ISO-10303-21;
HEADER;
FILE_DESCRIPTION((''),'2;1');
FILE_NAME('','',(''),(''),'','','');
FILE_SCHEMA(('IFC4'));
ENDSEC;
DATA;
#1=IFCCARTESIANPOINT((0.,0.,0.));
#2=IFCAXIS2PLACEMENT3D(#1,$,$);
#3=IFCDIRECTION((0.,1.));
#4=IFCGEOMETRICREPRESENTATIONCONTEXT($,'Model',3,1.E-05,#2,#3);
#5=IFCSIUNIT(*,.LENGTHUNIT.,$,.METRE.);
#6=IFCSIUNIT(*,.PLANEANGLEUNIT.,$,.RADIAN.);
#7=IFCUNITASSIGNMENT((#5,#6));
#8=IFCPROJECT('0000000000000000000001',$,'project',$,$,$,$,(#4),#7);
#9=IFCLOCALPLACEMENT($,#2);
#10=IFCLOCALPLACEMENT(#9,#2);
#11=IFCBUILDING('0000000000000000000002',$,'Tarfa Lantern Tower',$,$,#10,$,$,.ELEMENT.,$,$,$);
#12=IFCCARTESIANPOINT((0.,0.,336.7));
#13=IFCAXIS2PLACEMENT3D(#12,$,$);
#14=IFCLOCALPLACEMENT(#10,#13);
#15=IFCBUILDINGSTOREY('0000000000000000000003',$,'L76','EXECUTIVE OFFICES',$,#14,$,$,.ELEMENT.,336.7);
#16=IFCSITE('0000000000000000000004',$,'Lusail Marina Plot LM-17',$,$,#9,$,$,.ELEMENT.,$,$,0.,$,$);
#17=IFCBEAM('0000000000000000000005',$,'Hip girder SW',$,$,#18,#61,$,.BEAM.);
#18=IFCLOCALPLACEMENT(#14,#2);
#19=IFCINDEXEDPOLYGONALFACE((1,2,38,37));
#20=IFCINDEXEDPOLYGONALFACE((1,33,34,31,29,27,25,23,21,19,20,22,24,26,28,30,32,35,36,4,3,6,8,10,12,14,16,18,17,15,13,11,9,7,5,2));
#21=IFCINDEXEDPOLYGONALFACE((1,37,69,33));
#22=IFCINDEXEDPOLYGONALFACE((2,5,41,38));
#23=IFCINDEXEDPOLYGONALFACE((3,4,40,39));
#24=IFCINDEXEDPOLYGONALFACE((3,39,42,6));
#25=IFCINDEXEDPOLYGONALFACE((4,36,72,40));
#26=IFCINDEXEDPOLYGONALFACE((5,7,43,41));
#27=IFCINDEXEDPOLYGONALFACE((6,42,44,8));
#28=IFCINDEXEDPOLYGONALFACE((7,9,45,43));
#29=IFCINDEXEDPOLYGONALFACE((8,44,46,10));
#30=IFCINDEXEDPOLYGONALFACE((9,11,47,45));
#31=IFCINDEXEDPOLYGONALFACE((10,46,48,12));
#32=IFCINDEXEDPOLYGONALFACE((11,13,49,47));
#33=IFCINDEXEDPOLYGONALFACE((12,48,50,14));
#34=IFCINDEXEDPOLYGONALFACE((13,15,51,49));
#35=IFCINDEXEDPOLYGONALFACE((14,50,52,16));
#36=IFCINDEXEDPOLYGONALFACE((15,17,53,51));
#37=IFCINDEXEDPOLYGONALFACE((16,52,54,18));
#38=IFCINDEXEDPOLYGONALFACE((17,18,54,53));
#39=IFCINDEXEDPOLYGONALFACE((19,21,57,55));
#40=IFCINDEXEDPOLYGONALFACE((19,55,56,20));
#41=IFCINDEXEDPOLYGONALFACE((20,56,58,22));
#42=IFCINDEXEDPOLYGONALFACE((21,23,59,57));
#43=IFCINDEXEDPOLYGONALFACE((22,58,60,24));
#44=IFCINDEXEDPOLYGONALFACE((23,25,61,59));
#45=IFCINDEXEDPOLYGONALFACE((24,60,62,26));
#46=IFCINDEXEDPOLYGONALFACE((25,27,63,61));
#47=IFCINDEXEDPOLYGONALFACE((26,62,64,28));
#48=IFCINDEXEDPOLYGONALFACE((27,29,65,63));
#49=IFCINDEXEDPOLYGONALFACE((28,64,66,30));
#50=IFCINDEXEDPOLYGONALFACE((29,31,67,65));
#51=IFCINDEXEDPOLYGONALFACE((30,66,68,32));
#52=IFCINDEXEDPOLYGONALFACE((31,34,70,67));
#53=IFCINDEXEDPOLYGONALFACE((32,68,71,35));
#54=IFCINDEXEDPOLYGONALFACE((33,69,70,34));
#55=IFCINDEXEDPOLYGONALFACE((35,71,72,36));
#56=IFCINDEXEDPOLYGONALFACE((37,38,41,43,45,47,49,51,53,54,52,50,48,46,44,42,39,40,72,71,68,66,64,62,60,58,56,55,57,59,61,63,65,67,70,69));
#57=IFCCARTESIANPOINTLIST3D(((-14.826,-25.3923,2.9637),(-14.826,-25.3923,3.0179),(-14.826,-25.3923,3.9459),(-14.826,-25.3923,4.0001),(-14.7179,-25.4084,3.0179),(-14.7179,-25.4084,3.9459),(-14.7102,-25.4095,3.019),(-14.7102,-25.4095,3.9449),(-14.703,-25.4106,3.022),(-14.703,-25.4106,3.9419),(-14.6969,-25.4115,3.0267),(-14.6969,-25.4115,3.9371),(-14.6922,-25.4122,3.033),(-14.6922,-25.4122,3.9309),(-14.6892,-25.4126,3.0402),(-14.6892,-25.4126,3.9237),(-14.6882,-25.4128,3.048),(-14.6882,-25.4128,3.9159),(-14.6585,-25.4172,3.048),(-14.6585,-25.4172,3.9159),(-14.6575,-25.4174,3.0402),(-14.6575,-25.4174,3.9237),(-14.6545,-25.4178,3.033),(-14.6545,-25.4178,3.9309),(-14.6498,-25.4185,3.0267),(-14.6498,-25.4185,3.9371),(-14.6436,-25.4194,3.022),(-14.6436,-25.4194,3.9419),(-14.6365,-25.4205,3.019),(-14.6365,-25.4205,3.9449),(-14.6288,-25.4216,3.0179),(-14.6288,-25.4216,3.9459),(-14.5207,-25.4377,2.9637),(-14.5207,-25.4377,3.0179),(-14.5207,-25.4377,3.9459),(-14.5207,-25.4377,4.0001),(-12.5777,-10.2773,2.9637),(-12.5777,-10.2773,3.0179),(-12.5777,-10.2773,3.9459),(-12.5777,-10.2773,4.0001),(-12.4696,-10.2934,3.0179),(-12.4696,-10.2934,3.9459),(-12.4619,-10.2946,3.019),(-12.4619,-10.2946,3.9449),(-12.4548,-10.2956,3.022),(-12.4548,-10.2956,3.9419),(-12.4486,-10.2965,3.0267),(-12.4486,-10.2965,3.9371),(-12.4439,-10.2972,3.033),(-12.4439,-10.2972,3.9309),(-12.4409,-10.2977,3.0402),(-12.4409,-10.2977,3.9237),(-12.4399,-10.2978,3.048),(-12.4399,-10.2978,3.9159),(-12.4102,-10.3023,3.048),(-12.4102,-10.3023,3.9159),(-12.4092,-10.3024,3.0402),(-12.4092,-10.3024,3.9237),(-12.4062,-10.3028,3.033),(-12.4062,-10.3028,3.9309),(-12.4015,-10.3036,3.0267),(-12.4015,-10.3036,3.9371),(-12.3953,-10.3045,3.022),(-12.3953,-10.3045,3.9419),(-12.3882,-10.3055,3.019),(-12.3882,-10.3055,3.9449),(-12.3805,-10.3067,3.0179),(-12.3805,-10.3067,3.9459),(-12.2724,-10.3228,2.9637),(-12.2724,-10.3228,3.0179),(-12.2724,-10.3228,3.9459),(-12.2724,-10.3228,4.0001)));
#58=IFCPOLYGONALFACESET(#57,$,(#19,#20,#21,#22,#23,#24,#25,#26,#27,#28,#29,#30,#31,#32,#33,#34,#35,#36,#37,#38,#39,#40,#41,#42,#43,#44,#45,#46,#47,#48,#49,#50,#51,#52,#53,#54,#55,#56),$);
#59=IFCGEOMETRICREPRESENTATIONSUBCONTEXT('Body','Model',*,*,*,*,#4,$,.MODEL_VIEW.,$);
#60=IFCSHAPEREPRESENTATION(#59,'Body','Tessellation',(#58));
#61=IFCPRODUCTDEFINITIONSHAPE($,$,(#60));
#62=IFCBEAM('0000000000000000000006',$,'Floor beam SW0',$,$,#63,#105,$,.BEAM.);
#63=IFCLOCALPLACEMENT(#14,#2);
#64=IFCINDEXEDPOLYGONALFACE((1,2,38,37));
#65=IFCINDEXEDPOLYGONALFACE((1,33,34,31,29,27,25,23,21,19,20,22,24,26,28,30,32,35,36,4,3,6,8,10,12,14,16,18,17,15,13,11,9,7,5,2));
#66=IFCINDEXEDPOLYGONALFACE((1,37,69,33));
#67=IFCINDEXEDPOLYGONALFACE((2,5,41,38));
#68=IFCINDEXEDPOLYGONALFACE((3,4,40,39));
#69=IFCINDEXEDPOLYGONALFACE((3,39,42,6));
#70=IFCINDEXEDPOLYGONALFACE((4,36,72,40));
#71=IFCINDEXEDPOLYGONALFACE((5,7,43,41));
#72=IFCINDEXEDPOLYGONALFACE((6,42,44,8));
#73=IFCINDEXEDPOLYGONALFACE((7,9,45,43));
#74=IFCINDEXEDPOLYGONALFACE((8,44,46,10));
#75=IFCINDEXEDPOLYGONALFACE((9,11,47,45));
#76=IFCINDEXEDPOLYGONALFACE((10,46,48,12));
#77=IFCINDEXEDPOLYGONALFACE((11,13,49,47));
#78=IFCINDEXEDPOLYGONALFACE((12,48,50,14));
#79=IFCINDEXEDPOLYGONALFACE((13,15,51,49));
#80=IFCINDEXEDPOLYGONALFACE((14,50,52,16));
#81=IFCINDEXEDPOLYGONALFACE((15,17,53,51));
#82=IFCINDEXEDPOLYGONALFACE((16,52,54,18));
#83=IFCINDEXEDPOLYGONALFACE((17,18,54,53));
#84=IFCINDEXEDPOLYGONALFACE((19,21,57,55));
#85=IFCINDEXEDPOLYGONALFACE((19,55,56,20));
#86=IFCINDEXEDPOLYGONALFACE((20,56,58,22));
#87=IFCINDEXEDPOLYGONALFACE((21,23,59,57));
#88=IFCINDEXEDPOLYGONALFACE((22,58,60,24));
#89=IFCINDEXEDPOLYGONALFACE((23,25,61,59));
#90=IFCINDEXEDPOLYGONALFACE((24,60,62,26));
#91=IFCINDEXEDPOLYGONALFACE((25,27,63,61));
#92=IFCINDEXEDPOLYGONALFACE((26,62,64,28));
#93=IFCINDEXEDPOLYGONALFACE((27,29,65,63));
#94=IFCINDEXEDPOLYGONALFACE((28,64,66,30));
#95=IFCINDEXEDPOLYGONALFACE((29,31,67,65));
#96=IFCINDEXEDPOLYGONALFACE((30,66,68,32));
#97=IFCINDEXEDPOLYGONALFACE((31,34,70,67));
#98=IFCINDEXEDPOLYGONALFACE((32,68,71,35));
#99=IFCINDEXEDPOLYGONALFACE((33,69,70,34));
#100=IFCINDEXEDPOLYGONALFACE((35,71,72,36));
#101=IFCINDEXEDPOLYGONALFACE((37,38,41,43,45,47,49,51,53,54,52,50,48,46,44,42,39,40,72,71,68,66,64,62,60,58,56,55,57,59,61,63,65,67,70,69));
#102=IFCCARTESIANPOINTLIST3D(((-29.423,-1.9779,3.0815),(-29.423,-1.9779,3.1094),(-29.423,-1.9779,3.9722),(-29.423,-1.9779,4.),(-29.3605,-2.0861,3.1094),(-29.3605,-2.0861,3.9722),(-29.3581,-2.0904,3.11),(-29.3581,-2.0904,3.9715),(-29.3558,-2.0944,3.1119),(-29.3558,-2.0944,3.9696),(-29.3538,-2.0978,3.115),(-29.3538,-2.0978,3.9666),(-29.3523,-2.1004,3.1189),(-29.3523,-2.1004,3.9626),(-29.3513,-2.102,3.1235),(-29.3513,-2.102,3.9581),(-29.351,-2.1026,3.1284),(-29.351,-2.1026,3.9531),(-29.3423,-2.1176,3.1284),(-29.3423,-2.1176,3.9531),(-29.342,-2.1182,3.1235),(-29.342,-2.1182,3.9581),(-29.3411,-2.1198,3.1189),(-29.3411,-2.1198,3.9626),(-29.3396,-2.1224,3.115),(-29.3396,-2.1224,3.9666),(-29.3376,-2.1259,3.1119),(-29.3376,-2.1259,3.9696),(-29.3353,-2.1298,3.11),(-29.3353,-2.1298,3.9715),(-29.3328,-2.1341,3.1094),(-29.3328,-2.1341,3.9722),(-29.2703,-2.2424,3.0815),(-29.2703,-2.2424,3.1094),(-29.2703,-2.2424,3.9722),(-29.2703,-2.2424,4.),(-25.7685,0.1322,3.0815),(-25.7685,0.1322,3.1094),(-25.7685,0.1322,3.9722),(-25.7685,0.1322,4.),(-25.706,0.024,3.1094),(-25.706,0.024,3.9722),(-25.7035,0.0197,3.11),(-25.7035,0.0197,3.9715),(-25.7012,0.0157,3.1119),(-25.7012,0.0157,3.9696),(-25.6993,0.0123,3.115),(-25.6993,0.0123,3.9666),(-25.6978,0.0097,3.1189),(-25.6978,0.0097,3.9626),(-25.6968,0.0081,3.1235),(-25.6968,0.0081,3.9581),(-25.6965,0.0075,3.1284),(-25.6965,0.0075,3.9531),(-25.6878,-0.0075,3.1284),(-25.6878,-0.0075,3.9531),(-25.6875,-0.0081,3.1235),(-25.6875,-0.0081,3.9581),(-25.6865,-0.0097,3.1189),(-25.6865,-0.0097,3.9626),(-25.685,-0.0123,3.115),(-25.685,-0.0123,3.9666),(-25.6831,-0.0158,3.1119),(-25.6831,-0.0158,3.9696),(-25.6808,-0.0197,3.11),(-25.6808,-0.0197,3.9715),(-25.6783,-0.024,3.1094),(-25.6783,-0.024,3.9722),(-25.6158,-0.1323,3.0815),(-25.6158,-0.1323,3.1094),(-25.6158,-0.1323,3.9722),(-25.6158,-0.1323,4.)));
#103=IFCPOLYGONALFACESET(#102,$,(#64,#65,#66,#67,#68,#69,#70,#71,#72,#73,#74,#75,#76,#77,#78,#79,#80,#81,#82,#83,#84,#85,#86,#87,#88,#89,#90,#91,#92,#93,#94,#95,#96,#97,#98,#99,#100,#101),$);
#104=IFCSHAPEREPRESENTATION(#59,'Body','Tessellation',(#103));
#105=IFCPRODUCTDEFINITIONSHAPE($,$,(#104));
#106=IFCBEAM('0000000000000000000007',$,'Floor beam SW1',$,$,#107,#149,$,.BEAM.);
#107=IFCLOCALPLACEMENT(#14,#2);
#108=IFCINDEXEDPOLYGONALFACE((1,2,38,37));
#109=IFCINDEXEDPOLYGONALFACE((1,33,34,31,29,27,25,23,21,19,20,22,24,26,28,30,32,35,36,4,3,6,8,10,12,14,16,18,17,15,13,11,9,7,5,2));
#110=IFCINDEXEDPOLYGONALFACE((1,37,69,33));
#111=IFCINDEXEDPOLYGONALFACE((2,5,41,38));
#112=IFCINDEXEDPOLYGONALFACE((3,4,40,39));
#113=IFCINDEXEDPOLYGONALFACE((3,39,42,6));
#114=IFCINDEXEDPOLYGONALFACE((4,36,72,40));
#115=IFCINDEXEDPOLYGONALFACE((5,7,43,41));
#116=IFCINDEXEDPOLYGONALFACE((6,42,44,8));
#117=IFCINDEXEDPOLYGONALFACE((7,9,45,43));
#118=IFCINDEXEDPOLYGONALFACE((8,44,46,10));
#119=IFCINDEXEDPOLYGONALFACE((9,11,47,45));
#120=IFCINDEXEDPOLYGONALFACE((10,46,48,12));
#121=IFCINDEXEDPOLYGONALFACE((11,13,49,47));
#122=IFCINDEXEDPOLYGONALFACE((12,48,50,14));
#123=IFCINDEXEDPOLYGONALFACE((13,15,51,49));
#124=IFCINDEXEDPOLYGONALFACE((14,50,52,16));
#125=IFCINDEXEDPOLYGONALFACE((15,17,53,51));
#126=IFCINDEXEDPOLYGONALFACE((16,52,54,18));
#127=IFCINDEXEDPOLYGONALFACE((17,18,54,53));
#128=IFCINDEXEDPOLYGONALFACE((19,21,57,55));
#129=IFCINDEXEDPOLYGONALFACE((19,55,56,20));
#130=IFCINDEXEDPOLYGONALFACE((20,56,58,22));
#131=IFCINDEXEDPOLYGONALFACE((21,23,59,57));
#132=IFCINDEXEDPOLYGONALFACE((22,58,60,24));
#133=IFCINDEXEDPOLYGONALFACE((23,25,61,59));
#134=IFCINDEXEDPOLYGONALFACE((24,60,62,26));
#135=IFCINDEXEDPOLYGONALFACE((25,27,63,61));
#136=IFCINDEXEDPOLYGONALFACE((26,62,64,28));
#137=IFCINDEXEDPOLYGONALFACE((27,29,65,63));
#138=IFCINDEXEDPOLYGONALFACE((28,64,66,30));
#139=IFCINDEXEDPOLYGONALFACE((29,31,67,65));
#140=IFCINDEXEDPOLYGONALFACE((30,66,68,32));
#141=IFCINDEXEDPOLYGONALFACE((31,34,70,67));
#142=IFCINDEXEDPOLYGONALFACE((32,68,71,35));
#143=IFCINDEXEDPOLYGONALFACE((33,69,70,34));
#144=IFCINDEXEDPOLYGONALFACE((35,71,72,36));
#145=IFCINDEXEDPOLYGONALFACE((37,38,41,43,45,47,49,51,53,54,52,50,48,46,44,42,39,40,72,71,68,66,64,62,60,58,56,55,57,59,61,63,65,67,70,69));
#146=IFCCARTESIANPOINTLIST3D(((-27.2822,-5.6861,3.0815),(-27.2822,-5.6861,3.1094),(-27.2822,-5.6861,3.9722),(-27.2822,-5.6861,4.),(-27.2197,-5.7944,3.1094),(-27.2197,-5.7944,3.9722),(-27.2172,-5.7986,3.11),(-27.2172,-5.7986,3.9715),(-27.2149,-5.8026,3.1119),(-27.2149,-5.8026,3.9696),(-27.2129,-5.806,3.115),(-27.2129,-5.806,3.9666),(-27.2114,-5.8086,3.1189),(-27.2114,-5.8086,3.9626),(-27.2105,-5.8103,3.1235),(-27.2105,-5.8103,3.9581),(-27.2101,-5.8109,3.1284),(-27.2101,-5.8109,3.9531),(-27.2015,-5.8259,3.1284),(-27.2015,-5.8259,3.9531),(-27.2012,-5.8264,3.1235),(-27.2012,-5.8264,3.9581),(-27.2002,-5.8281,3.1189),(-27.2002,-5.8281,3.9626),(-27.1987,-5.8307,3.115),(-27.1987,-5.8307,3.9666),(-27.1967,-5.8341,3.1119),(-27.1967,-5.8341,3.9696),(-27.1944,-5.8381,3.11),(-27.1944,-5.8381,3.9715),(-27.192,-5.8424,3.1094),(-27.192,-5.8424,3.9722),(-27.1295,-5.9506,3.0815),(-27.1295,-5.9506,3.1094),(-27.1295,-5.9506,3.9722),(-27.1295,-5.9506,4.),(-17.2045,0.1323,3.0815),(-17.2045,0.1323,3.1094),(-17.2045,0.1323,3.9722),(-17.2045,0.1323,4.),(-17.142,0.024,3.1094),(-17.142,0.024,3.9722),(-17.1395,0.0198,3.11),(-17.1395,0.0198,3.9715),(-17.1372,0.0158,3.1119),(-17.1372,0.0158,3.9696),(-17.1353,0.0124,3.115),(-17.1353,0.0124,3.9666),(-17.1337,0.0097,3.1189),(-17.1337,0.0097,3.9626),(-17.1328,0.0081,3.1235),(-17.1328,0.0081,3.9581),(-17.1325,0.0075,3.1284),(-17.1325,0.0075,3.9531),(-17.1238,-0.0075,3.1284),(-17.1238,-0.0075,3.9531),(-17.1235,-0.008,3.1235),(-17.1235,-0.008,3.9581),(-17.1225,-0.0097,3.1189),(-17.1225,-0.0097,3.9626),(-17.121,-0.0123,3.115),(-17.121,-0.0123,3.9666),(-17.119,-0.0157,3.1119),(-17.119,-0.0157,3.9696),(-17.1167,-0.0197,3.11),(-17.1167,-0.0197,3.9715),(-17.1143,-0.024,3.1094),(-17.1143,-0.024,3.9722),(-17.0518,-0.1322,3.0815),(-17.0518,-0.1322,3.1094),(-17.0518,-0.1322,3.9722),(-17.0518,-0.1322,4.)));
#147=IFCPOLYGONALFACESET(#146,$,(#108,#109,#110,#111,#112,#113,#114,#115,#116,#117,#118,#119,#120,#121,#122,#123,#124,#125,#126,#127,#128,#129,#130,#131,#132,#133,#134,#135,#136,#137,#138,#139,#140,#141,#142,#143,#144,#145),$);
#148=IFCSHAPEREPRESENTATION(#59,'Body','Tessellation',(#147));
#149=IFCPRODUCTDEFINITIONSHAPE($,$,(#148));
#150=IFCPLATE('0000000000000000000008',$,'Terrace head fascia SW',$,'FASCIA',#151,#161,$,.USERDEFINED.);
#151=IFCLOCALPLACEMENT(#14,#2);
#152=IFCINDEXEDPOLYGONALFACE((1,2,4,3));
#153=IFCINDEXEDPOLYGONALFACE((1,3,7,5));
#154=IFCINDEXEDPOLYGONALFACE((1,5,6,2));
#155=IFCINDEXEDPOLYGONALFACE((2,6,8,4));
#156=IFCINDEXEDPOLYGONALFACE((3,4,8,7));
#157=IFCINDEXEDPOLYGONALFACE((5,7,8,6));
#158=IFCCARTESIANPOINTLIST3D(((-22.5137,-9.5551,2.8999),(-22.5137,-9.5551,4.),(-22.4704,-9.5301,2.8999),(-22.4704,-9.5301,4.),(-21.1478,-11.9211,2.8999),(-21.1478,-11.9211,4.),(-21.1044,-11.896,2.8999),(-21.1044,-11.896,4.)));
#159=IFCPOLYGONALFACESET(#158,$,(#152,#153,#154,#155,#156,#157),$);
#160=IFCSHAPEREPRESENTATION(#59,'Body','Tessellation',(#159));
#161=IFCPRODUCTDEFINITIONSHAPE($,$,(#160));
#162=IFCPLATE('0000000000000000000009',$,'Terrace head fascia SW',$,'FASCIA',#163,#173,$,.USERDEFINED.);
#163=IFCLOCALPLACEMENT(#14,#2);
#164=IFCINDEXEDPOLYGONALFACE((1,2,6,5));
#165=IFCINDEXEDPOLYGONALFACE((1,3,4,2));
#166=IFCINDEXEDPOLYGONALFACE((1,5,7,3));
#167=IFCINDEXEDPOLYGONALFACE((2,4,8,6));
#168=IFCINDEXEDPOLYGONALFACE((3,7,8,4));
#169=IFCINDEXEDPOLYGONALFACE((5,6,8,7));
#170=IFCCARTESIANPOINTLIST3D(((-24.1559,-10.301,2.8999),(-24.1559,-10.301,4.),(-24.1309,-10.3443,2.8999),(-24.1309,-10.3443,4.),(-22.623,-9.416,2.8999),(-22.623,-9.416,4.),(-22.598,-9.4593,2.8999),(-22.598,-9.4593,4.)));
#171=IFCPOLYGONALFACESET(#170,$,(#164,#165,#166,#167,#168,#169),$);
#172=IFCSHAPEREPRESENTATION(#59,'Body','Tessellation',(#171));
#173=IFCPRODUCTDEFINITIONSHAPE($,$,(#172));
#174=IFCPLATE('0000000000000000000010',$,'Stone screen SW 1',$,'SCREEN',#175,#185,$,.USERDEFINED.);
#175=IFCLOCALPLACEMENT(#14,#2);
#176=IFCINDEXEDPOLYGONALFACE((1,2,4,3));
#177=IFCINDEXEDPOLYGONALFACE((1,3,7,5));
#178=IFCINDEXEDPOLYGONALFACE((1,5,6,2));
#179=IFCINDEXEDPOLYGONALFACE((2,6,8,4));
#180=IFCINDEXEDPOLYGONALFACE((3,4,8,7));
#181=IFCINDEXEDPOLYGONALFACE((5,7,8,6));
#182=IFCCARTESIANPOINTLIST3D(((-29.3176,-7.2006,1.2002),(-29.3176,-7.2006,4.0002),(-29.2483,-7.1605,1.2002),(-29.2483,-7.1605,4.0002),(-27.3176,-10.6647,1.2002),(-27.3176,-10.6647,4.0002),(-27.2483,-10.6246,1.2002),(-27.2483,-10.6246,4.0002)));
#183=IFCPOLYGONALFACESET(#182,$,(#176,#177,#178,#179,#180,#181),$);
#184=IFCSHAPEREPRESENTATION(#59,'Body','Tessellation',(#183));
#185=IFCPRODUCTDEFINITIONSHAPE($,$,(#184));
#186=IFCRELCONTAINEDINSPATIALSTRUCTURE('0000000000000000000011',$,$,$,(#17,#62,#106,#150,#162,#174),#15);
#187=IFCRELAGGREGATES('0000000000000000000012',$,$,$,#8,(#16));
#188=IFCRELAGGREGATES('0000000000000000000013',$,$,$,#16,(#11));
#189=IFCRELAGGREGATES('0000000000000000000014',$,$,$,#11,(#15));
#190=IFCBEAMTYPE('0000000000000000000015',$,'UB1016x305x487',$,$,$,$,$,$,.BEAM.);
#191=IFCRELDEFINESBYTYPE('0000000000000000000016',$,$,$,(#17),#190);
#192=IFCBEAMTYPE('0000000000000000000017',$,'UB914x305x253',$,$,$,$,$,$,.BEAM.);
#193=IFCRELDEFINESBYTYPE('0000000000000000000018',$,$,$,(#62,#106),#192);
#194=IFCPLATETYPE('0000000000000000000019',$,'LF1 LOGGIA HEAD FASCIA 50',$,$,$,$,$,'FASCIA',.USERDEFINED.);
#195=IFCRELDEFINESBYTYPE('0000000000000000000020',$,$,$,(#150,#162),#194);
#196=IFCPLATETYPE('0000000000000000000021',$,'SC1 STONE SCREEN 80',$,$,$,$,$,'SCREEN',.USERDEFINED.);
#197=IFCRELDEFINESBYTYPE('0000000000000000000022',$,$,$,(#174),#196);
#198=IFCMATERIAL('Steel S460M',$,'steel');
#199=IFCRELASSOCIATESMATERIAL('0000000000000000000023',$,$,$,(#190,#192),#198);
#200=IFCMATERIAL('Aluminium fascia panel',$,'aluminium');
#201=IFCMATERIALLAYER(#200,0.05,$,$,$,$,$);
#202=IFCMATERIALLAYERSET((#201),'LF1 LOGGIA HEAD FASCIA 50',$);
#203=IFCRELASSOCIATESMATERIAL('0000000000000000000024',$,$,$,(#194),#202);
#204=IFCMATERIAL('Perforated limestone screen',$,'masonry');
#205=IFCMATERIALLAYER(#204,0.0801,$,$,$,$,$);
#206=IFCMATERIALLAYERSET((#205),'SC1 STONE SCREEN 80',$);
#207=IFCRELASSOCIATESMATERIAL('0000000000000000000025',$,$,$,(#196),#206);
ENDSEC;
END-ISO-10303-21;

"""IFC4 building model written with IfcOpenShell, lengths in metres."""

from ifc_helpers import new_model, si_unit, direction, frame, origin, origin_2d, place, context, subcontext, project, spatial, rectangle, i_section, extrude, material, layer, layer_set, material_profile, profile_set, type_object, element, save


model = new_model("IFC4")

# Units and contexts
model_context = context("Model", 3, precision=1e-05, world=origin(), true_north=direction((0.0, 1.0)))
body_context = subcontext(model_context, "Body", "Model", "MODEL_VIEW")
ifc_project = project(units=[si_unit("LENGTHUNIT", "METRE"), si_unit("PLANEANGLEUNIT", "RADIAN")], contexts=[model_context])

# Site, building, storey
site_placement = place(None, origin())
site = spatial("IfcSite", under=ifc_project, at=site_placement, Name="Lusail Marina Plot LM-17", CompositionType="ELEMENT", RefElevation=0.0)
building_placement = place(site_placement, origin())
building = spatial("IfcBuilding", under=site, at=building_placement, Name="Tarfa Lantern Tower", CompositionType="ELEMENT")
storey_placement = place(building_placement, frame((0.0, 0.0, 336.7)))
storey = spatial("IfcBuildingStorey", under=building, at=storey_placement, Name="L76", Description="EXECUTIVE OFFICES", CompositionType="ELEMENT", Elevation=336.7)

# Beams
ifc_material_1 = material(Name="Steel S460M", Category="steel")
ifc_material_profile_1 = material_profile(ifc_material_1, i_section(OverallWidth=0.3086, OverallDepth=1.0364, WebThickness=0.03, FlangeThickness=0.0542, FilletRadius=0.03, at=origin_2d()), Name="UB1016x305x487")
ifc_profile_set_1 = profile_set([ifc_material_profile_1], Name="Steel S460M")
beam_type_1 = type_object("IfcBeamType", Name="UB1016x305x487", PredefinedType="BEAM", material=ifc_profile_set_1)
beam_1_placement = place(storey_placement, frame((-12.425, -10.3, 3.4819), z_axis=(-0.147127, -0.989118, 0.0), x_axis=(0.989118, -0.147127, 0.0)))
element("IfcBeam", 1, at=beam_1_placement, inside=storey, type_object=beam_type_1, Name="Hip girder SW", PredefinedType="BEAM", context=body_context, shape_type="SweptSolid", body=[
    extrude(i_section(OverallWidth=0.3086, OverallDepth=1.0364, WebThickness=0.03, FlangeThickness=0.0542, FilletRadius=0.03, at=origin_2d()), origin(), (0.0, 0.0, 1.0), 15.2812),
])
ifc_material_profile_2 = material_profile(ifc_material_1, i_section(OverallWidth=0.3054, OverallDepth=0.9185, WebThickness=0.0173, FlangeThickness=0.0278, FilletRadius=0.019, at=origin_2d()), Name="UB914x305x253")
ifc_profile_set_2 = profile_set([ifc_material_profile_2], Name="Steel S460M")
beam_type_2 = type_object("IfcBeamType", Name="UB914x305x253", PredefinedType="BEAM", material=ifc_profile_set_2)
beam_2_placement = place(storey_placement, frame((-29.3467, -2.1101, 3.5408), z_axis=(0.866009, 0.500028, 0.0), x_axis=(-0.500028, 0.866009, 0.0)))
element("IfcBeam", 2, at=beam_2_placement, inside=storey, type_object=beam_type_2, Name="Floor beam SW0", PredefinedType="BEAM", context=body_context, shape_type="SweptSolid", body=[
    extrude(i_section(OverallWidth=0.3054, OverallDepth=0.9185, WebThickness=0.0173, FlangeThickness=0.0278, FilletRadius=0.019, at=origin_2d()), origin(), (0.0, 0.0, 1.0), 4.22),
])
beam_3_placement = place(storey_placement, frame((-27.2058, -5.8184, 3.5408), z_axis=(0.866024, 0.500002, 0.0), x_axis=(-0.500002, 0.866024, 0.0)))
element("IfcBeam", 3, at=beam_3_placement, inside=storey, type_object=beam_type_2, Name="Floor beam SW1", PredefinedType="BEAM", context=body_context, shape_type="SweptSolid", body=[
    extrude(i_section(OverallWidth=0.3054, OverallDepth=0.9185, WebThickness=0.0173, FlangeThickness=0.0278, FilletRadius=0.019, at=origin_2d()), origin(), (0.0, 0.0, 1.0), 11.6367),
])

# Plates
ifc_material_2 = material(Name="Aluminium fascia panel", Category="aluminium")
ifc_layer_1 = layer(ifc_material_2, 0.05)
ifc_layer_set_1 = layer_set([ifc_layer_1], Name="LF1 LOGGIA HEAD FASCIA 50")
plate_type_1 = type_object("IfcPlateType", Name="LF1 LOGGIA HEAD FASCIA 50", ElementType="FASCIA", PredefinedType="USERDEFINED", material=ifc_layer_set_1)
plate_1_placement = place(storey_placement, frame((-21.8091, -10.7256, 2.8999), z_axis=(0.0, 0.0, 1.0), x_axis=(0.5, -0.866025, 0.0)))
element("IfcPlate", 4, at=plate_1_placement, inside=storey, type_object=plate_type_1, Name="Terrace head fascia SW", ObjectType="FASCIA", PredefinedType="USERDEFINED", context=body_context, shape_type="SweptSolid", body=[
    extrude(rectangle(XDim=2.7319, YDim=0.05, at=origin_2d()), origin(), (0.0, 0.0, 1.0), 1.1001),
])
plate_2_placement = place(storey_placement, frame((-23.377, -9.8801, 2.8999), z_axis=(0.0, 0.0, 1.0), x_axis=(0.866025, 0.5, 0.0)))
element("IfcPlate", 5, at=plate_2_placement, inside=storey, type_object=plate_type_1, Name="Terrace head fascia SW", ObjectType="FASCIA", PredefinedType="USERDEFINED", context=body_context, shape_type="SweptSolid", body=[
    extrude(rectangle(XDim=1.77, YDim=0.05, at=origin_2d()), origin(), (0.0, 0.0, 1.0), 1.1001),
])
ifc_material_3 = material(Name="Perforated limestone screen", Category="masonry")
ifc_layer_2 = layer(ifc_material_3, 0.0801)
ifc_layer_set_2 = layer_set([ifc_layer_2], Name="SC1 STONE SCREEN 80")
plate_type_2 = type_object("IfcPlateType", Name="SC1 STONE SCREEN 80", ElementType="SCREEN", PredefinedType="USERDEFINED", material=ifc_layer_set_2)
plate_3_placement = place(storey_placement, frame((-28.283, -8.9126, 1.2002), z_axis=(0.0, 0.0, 1.0), x_axis=(0.5, -0.866025, 0.0)))
element("IfcPlate", 6, at=plate_3_placement, inside=storey, type_object=plate_type_2, Name="Stone screen SW 1", ObjectType="SCREEN", PredefinedType="USERDEFINED", context=body_context, shape_type="SweptSolid", body=[
    extrude(rectangle(XDim=4.0, YDim=0.0801, at=origin_2d()), origin(), (0.0, 0.0, 1.0), 2.8),
])

save(model, "model.ifc")
